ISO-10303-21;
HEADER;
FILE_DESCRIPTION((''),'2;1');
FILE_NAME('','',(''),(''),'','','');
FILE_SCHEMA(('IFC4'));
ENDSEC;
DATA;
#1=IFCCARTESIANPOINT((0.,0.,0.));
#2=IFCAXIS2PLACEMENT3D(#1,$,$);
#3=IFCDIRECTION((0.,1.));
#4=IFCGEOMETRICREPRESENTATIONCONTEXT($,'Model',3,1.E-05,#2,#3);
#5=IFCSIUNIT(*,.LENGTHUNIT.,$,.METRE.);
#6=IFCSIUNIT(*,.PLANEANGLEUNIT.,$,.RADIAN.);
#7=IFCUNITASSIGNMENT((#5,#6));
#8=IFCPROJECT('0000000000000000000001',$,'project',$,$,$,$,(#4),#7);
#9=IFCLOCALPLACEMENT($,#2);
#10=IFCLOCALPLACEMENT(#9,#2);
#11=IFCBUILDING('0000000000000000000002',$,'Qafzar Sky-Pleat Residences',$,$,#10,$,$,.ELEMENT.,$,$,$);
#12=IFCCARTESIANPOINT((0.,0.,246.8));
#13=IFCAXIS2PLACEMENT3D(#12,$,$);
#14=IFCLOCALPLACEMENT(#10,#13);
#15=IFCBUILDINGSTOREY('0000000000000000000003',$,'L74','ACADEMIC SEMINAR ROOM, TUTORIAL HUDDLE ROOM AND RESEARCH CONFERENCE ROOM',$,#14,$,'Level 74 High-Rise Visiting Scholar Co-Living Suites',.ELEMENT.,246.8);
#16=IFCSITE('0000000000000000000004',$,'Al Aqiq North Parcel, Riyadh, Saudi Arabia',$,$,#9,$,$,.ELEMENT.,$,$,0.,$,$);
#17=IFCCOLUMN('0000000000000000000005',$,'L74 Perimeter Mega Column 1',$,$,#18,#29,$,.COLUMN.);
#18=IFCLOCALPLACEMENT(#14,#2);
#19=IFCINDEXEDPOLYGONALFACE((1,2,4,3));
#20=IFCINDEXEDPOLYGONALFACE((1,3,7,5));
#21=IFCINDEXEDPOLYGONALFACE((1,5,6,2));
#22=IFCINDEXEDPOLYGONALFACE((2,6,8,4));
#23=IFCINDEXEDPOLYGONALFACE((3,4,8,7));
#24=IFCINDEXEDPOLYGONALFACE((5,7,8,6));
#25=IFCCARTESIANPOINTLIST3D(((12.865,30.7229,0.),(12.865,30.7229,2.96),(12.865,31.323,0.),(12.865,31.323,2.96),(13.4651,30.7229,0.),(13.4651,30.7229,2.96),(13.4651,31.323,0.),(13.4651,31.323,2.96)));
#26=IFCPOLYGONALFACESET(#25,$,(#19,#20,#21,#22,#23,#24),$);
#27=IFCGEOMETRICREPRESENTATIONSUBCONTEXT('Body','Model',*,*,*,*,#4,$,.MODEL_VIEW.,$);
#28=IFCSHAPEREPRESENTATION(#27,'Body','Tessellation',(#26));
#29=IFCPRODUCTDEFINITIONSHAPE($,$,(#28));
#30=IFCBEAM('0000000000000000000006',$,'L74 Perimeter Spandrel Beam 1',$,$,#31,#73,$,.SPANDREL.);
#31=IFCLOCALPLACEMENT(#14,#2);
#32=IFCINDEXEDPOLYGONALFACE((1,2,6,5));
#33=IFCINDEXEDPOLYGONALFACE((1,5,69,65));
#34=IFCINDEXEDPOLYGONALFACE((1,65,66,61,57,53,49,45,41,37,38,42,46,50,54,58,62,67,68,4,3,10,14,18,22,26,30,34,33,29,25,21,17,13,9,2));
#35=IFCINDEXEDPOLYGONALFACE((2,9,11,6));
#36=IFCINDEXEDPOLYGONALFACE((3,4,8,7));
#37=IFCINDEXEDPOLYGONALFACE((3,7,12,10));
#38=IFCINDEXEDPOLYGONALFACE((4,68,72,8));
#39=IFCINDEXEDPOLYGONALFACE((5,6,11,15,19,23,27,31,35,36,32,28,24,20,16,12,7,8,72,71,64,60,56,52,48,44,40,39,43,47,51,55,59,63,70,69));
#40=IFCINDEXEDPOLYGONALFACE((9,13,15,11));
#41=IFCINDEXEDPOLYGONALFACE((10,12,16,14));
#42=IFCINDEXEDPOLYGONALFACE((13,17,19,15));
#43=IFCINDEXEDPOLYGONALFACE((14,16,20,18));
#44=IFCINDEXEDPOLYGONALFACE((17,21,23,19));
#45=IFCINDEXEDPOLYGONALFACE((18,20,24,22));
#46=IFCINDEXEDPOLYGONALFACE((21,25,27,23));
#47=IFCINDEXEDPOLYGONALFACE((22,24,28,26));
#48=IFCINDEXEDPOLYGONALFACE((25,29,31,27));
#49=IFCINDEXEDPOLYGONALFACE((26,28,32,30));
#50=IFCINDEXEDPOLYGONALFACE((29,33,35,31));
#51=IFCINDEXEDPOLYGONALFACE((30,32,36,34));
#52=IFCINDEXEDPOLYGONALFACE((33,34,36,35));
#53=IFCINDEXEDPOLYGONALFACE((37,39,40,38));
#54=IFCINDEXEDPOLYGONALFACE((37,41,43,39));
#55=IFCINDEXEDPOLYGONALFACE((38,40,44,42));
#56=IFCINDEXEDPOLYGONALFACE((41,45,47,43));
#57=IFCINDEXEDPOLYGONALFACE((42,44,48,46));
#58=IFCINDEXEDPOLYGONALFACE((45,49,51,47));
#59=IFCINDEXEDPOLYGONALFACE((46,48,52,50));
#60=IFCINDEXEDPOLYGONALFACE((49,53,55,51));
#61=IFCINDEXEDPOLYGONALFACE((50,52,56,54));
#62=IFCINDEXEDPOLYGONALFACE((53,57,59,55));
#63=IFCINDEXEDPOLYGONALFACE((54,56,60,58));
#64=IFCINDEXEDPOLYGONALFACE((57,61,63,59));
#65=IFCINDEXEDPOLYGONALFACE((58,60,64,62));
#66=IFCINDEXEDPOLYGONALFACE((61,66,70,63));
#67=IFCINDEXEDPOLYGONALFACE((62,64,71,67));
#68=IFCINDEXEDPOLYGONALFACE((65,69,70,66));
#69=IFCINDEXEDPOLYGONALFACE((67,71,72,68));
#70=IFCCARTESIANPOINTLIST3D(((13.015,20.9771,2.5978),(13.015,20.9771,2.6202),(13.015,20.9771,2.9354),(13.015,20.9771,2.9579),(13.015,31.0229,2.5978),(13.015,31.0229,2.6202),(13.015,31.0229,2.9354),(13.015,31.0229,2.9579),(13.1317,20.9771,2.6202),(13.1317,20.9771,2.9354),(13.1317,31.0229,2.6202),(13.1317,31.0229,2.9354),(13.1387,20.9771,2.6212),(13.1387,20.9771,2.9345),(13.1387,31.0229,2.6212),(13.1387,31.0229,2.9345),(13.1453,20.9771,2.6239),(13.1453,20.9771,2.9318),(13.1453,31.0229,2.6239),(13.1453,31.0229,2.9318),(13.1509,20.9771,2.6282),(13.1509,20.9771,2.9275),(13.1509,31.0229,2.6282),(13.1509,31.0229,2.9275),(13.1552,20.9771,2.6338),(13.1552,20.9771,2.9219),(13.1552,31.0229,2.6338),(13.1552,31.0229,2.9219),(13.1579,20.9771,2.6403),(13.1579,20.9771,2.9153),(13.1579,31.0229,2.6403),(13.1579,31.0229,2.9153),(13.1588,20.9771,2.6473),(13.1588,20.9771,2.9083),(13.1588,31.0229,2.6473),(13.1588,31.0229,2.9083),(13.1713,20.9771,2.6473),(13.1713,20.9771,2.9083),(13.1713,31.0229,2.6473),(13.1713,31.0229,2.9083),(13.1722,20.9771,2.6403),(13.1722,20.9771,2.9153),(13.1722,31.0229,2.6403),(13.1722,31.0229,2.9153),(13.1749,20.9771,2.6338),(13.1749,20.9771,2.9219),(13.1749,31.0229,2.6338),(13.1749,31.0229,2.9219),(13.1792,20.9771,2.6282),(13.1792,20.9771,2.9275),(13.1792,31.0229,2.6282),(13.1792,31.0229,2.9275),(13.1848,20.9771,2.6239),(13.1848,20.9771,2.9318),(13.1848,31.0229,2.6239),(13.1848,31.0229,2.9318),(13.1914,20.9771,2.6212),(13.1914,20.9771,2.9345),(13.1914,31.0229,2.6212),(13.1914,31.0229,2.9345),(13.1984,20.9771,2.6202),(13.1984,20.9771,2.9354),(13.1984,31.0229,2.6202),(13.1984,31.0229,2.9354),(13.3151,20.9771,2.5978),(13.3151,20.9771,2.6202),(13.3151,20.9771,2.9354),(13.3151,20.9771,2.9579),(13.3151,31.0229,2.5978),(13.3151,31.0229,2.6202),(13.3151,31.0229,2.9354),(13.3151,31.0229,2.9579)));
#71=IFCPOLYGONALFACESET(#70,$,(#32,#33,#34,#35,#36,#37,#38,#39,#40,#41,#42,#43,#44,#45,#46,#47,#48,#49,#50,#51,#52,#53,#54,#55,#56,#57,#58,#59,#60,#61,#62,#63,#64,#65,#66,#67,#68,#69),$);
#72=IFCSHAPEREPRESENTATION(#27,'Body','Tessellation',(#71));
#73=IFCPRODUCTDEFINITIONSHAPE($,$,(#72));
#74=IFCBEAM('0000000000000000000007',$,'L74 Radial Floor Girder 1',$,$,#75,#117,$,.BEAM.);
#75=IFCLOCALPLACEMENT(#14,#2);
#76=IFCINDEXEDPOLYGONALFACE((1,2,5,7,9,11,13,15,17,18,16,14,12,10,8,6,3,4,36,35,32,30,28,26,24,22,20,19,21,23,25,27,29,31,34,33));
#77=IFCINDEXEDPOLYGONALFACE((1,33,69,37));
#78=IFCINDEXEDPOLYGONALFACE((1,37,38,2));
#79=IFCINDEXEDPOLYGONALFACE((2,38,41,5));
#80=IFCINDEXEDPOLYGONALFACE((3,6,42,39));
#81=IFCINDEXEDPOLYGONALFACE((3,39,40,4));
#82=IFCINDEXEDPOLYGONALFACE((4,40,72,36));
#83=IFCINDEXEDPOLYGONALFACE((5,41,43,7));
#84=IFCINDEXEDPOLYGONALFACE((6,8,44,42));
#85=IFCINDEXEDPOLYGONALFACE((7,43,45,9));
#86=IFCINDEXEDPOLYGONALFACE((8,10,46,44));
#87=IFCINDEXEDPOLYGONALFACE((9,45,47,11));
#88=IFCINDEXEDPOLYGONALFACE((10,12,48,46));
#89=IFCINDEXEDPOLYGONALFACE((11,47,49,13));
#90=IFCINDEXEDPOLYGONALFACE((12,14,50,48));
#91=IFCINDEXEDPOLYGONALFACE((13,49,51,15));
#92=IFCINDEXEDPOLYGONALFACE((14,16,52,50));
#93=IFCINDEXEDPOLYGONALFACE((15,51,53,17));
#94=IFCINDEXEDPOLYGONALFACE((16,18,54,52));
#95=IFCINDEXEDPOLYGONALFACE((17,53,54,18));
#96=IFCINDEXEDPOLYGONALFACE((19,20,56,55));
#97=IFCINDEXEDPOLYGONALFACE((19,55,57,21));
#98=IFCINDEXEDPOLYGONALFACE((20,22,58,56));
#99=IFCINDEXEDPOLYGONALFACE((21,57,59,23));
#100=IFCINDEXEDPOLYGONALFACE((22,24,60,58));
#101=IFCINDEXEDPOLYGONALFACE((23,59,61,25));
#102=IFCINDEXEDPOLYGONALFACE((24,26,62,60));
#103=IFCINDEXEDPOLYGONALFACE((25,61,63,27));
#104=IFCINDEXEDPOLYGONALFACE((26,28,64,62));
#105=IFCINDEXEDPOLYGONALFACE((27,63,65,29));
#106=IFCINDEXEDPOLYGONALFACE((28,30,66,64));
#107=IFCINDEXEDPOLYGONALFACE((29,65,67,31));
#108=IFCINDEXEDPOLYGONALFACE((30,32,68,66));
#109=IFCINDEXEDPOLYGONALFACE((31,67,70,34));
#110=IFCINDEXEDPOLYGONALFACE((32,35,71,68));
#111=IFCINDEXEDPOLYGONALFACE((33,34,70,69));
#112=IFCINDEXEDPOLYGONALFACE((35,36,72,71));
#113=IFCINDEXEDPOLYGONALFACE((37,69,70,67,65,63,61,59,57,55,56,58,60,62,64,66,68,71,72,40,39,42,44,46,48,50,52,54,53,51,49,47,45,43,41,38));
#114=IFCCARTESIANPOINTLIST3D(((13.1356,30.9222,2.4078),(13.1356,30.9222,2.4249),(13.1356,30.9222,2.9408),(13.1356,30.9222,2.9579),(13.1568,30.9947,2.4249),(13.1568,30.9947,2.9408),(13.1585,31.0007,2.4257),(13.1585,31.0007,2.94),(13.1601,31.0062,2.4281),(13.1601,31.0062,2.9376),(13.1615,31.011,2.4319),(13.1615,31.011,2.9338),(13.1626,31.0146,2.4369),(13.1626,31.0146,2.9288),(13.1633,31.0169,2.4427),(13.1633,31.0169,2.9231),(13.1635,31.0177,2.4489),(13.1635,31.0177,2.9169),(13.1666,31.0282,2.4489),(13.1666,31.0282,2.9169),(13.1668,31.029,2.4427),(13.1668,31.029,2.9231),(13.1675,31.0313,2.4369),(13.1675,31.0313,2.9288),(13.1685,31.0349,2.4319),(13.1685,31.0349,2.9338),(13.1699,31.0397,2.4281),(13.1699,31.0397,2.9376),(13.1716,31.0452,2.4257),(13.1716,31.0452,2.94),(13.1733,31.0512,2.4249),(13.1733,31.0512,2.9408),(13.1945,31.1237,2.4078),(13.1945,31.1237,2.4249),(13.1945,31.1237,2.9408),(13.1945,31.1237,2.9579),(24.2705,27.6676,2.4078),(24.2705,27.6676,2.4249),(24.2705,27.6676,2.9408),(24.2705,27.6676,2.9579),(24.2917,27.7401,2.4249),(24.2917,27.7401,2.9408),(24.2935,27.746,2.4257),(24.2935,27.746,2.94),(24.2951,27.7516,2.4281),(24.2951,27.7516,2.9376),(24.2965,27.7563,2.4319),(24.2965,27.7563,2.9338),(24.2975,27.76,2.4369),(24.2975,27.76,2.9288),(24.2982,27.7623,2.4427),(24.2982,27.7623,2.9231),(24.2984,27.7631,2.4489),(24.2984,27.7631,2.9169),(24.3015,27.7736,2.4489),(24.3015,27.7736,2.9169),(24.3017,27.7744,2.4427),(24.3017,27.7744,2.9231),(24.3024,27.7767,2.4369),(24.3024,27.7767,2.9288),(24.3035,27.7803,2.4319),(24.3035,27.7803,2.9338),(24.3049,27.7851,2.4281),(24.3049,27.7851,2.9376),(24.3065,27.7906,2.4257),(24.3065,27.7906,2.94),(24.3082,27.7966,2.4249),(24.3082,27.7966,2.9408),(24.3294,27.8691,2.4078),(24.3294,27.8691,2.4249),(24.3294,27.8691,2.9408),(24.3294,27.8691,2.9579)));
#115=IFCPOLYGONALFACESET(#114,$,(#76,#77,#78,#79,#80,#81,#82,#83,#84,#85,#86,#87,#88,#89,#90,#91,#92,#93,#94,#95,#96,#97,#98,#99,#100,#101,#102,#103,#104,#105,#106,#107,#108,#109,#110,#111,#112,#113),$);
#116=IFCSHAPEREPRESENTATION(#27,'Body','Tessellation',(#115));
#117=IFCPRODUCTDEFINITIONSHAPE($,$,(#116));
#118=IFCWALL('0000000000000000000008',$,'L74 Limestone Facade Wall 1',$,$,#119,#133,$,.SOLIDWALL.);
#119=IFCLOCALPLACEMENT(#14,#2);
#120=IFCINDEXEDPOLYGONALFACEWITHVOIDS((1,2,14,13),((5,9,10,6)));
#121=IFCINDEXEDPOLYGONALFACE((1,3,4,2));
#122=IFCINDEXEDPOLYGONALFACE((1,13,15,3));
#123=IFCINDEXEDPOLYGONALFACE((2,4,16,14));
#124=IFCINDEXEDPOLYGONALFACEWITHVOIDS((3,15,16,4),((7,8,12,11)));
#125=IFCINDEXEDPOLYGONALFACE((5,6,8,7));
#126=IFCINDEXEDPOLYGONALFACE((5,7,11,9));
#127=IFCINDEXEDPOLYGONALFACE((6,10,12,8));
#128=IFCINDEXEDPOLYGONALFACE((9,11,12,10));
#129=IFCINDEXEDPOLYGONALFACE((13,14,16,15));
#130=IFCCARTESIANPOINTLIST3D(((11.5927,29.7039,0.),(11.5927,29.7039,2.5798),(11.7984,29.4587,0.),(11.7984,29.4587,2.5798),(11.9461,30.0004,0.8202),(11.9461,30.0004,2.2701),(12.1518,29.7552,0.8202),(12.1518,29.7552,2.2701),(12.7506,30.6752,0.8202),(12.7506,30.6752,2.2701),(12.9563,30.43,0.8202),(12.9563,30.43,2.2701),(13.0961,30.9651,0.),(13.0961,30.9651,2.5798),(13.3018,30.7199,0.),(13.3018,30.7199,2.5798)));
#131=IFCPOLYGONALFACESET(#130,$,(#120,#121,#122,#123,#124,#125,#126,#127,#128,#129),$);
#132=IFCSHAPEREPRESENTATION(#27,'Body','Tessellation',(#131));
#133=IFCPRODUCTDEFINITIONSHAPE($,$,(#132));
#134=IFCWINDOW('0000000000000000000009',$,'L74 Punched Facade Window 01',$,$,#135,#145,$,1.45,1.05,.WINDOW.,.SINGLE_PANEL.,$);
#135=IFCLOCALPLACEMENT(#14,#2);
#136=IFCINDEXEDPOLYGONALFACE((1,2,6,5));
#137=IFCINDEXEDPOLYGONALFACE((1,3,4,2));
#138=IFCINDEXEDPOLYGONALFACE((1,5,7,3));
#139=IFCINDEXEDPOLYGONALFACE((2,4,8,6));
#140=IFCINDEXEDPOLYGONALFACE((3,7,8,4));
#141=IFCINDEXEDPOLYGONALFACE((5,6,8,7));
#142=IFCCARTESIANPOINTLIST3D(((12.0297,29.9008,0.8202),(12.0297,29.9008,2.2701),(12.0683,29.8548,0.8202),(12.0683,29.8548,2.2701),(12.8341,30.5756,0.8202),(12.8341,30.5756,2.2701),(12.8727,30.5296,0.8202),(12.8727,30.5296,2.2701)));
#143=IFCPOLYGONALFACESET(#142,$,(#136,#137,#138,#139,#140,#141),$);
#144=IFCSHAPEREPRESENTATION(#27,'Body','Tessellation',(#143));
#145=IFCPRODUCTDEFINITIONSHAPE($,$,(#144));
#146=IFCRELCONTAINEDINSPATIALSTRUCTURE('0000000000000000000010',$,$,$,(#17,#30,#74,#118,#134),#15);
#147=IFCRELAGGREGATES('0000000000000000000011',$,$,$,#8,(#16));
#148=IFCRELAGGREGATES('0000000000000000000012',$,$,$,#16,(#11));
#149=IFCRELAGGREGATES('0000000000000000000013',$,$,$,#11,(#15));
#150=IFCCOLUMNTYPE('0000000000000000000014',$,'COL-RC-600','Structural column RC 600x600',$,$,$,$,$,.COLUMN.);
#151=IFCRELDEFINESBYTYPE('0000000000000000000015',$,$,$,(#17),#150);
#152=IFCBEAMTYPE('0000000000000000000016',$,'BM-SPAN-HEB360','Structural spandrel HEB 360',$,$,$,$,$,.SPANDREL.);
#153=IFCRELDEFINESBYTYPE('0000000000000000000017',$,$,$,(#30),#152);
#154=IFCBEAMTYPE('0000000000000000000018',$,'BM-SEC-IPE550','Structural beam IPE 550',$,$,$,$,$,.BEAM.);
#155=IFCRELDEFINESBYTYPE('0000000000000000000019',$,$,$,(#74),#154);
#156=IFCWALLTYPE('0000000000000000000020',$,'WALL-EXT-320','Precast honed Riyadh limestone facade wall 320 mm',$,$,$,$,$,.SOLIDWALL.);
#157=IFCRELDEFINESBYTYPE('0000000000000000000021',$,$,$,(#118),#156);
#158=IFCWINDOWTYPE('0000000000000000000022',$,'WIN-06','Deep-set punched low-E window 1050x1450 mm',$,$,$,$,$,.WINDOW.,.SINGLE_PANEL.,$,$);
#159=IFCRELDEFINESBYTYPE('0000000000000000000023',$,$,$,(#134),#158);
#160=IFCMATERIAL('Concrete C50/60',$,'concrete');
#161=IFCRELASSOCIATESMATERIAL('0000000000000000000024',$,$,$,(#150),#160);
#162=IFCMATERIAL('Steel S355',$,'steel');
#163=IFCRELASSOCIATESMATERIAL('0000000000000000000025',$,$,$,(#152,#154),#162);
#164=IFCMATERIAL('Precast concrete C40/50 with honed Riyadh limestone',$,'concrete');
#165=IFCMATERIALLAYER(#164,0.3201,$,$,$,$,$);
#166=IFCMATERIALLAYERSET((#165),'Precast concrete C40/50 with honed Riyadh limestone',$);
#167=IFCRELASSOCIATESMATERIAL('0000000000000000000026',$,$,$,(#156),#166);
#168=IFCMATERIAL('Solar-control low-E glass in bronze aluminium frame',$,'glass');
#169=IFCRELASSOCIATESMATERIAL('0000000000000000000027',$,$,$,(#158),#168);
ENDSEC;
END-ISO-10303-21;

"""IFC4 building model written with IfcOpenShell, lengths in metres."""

from ifc_helpers import new_model, si_unit, direction, frame, frame_2d, origin, origin_2d, place, context, subcontext, project, spatial, rectangle, i_section, extrude, source, transform, mapped, material, layer, layer_set, material_profile, profile_set, type_object, element, fill, save


model = new_model("IFC4")

# Units and contexts
model_context = context("Model", 3, precision=1e-05, world=origin(), true_north=direction((0.0, 1.0)))
body_context = subcontext(model_context, "Body", "Model", "MODEL_VIEW")
ifc_project = project(units=[si_unit("LENGTHUNIT", "METRE"), si_unit("PLANEANGLEUNIT", "RADIAN")], contexts=[model_context])

# Site, building, storey
site_placement = place(None, origin())
site = spatial("IfcSite", under=ifc_project, at=site_placement, Name="Al Aqiq North Parcel, Riyadh, Saudi Arabia", CompositionType="ELEMENT", RefElevation=0.0)
building_placement = place(site_placement, origin())
building = spatial("IfcBuilding", under=site, at=building_placement, Name="Qafzar Sky-Pleat Residences", CompositionType="ELEMENT")
storey_placement = place(building_placement, frame((0.0, 0.0, 246.8)))
storey = spatial("IfcBuildingStorey", under=building, at=storey_placement, Name="L74", Description="ACADEMIC SEMINAR ROOM, TUTORIAL HUDDLE ROOM AND RESEARCH CONFERENCE ROOM", LongName="Level 74 High-Rise Visiting Scholar Co-Living Suites", CompositionType="ELEMENT", Elevation=246.8)

# Column
ifc_material_1 = material(Name="Concrete C50/60", Category="concrete")
ifc_material_profile_1 = material_profile(ifc_material_1, rectangle(XDim=0.6001, YDim=0.6001, at=origin_2d()), Name="RC 600x600")
ifc_profile_set_1 = profile_set([ifc_material_profile_1], Name="Concrete C50/60")
column_type = type_object("IfcColumnType", Name="COL-RC-600", Description="Structural column RC 600x600", PredefinedType="COLUMN", material=ifc_profile_set_1)
shared_shape_1 = source(origin(), body_context, "Body", "SweptSolid", [
    extrude(rectangle(XDim=0.6001, YDim=0.6001, at=origin_2d()), origin(), (0.0, 0.0, 1.0), 2.96),
])
column_placement = place(storey_placement, frame((13.165, 31.0229, 0.0), z_axis=(0.0, 0.0, 1.0), x_axis=(1.0, 0.0, 0.0)))
element("IfcColumn", 1, at=column_placement, inside=storey, type_object=column_type, Name="L74 Perimeter Mega Column 1", PredefinedType="COLUMN", context=body_context, shape_type="MappedRepresentation", body=[
    mapped(shared_shape_1, transform((0.0, 0.0, 0.0), x_axis=(1.0, 0.0, 0.0), y_axis=(0.0, 1.0, 0.0), z_axis=(0.0, 0.0, 1.0), scale=1.0)),
])

# Beams
ifc_material_2 = material(Name="Steel S355", Category="steel")
ifc_material_profile_2 = material_profile(ifc_material_2, i_section(OverallWidth=0.3, OverallDepth=0.3601, WebThickness=0.0125, FlangeThickness=0.0225, FilletRadius=0.0271, at=origin_2d()), Name="HEB 360")
ifc_profile_set_2 = profile_set([ifc_material_profile_2], Name="Steel S355")
beam_type_1 = type_object("IfcBeamType", Name="BM-SPAN-HEB360", Description="Structural spandrel HEB 360", PredefinedType="SPANDREL", material=ifc_profile_set_2)
shared_shape_2 = source(origin(), body_context, "Body", "SweptSolid", [
    extrude(i_section(OverallWidth=0.3, OverallDepth=0.3601, WebThickness=0.0125, FlangeThickness=0.0225, FilletRadius=0.0271, at=origin_2d()), origin(), (0.0, 0.0, 1.0), 10.0459),
])
beam_1_placement = place(storey_placement, frame((13.165, 31.0229, 2.7778), z_axis=(0.0, -1.0, 0.0), x_axis=(1.0, 0.0, 0.0)))
element("IfcBeam", 2, at=beam_1_placement, inside=storey, type_object=beam_type_1, Name="L74 Perimeter Spandrel Beam 1", PredefinedType="SPANDREL", context=body_context, shape_type="MappedRepresentation", body=[
    mapped(shared_shape_2, transform((0.0, 0.0, 0.0), x_axis=(1.0, 0.0, 0.0), y_axis=(0.0, 1.0, 0.0), z_axis=(0.0, 0.0, 1.0), scale=1.0)),
])
ifc_material_profile_3 = material_profile(ifc_material_2, i_section(OverallWidth=0.21, OverallDepth=0.55, WebThickness=0.011, FlangeThickness=0.0171, FilletRadius=0.0239, at=origin_2d()), Name="IPE 550")
ifc_profile_set_3 = profile_set([ifc_material_profile_3], Name="Steel S355")
beam_type_2 = type_object("IfcBeamType", Name="BM-SEC-IPE550", Description="Structural beam IPE 550", PredefinedType="BEAM", material=ifc_profile_set_3)
shared_shape_3 = source(origin(), body_context, "Body", "SweptSolid", [
    extrude(i_section(OverallWidth=0.21, OverallDepth=0.55, WebThickness=0.011, FlangeThickness=0.0171, FilletRadius=0.0239, at=origin_2d()), origin(), (0.0, 0.0, 1.0), 11.6008),
])
beam_2_placement = place(storey_placement, frame((13.165, 31.0229, 2.6829), z_axis=(0.959839, -0.28055, 0.0), x_axis=(0.28055, 0.959839, 0.0)))
element("IfcBeam", 3, at=beam_2_placement, inside=storey, type_object=beam_type_2, Name="L74 Radial Floor Girder 1", PredefinedType="BEAM", context=body_context, shape_type="MappedRepresentation", body=[
    mapped(shared_shape_3, transform((0.0, 0.0, 0.0), x_axis=(1.0, 0.0, 0.0), y_axis=(0.0, 1.0, 0.0), z_axis=(0.0, 0.0, 1.0), scale=1.0)),
])

# Wall, opening, window
ifc_material_3 = material(Name="Precast concrete C40/50 with honed Riyadh limestone", Category="concrete")
ifc_layer_1 = layer(ifc_material_3, 0.3201)
ifc_layer_set_1 = layer_set([ifc_layer_1], Name="Precast concrete C40/50 with honed Riyadh limestone")
wall_type_1 = type_object("IfcWallType", Name="WALL-EXT-320", Description="Precast honed Riyadh limestone facade wall 320 mm", PredefinedType="SOLIDWALL", material=ifc_layer_set_1)
wall_1_placement = place(storey_placement, frame((13.199, 30.8425, 0.0), z_axis=(0.0, 0.0, 1.0), x_axis=(-0.766116, -0.642702, 0.0)))
wall_1 = element("IfcWall", 4, at=wall_1_placement, inside=storey, type_object=wall_type_1, Name="L74 Limestone Facade Wall 1", PredefinedType="SOLIDWALL", context=body_context, shape_type="SweptSolid", body=[
    extrude(rectangle(XDim=1.9624, YDim=0.3201, at=frame_2d((0.9812, 0.0))), origin(), (0.0, 0.0, 1.0), 2.5798),
])
opening_1_placement = place(wall_1_placement, frame((0.4512, 0.0, 0.8201)))
opening_1 = element("IfcOpeningElement", 5, at=opening_1_placement, cuts=wall_1, PredefinedType="OPENING", context=body_context, shape_type="SweptSolid", body=[
    extrude(rectangle(XDim=1.05, YDim=1.45, at=frame_2d((0.5249, 0.7251))), frame((0.0, 0.1699, 0.0), z_axis=(0.0, -1.0, 0.0), x_axis=(1.0, 0.0, 0.0)), (0.0, 0.0, 1.0), 0.3401),
])
ifc_material_4 = material(Name="Solar-control low-E glass in bronze aluminium frame", Category="glass")
window_type_1 = type_object("IfcWindowType", Name="WIN-06", Description="Deep-set punched low-E window 1050x1450 mm", PartitioningType="SINGLE_PANEL", PredefinedType="WINDOW", material=ifc_material_4)
shared_shape_4 = source(origin(), body_context, "Body", "SweptSolid", [
    extrude(rectangle(XDim=1.05, YDim=1.45, at=frame_2d((0.5249, 0.7251))), frame((0.0, 0.03, 0.0), z_axis=(0.0, -1.0, 0.0), x_axis=(1.0, 0.0, 0.0)), (0.0, 0.0, 1.0), 0.0601),
])
window_1_placement = place(opening_1_placement, origin())
window_1 = element("IfcWindow", 6, at=window_1_placement, inside=storey, type_object=window_type_1, Name="L74 Punched Facade Window 01", OverallHeight=1.45, OverallWidth=1.05, PartitioningType="SINGLE_PANEL", PredefinedType="WINDOW", context=body_context, shape_type="MappedRepresentation", body=[
    mapped(shared_shape_4, transform((0.0, 0.0, 0.0), x_axis=(1.0, 0.0, 0.0), y_axis=(0.0, 1.0, 0.0), z_axis=(0.0, 0.0, 1.0), scale=1.0)),
])
fill(opening_1, window_1)

save(model, "model.ifc")
